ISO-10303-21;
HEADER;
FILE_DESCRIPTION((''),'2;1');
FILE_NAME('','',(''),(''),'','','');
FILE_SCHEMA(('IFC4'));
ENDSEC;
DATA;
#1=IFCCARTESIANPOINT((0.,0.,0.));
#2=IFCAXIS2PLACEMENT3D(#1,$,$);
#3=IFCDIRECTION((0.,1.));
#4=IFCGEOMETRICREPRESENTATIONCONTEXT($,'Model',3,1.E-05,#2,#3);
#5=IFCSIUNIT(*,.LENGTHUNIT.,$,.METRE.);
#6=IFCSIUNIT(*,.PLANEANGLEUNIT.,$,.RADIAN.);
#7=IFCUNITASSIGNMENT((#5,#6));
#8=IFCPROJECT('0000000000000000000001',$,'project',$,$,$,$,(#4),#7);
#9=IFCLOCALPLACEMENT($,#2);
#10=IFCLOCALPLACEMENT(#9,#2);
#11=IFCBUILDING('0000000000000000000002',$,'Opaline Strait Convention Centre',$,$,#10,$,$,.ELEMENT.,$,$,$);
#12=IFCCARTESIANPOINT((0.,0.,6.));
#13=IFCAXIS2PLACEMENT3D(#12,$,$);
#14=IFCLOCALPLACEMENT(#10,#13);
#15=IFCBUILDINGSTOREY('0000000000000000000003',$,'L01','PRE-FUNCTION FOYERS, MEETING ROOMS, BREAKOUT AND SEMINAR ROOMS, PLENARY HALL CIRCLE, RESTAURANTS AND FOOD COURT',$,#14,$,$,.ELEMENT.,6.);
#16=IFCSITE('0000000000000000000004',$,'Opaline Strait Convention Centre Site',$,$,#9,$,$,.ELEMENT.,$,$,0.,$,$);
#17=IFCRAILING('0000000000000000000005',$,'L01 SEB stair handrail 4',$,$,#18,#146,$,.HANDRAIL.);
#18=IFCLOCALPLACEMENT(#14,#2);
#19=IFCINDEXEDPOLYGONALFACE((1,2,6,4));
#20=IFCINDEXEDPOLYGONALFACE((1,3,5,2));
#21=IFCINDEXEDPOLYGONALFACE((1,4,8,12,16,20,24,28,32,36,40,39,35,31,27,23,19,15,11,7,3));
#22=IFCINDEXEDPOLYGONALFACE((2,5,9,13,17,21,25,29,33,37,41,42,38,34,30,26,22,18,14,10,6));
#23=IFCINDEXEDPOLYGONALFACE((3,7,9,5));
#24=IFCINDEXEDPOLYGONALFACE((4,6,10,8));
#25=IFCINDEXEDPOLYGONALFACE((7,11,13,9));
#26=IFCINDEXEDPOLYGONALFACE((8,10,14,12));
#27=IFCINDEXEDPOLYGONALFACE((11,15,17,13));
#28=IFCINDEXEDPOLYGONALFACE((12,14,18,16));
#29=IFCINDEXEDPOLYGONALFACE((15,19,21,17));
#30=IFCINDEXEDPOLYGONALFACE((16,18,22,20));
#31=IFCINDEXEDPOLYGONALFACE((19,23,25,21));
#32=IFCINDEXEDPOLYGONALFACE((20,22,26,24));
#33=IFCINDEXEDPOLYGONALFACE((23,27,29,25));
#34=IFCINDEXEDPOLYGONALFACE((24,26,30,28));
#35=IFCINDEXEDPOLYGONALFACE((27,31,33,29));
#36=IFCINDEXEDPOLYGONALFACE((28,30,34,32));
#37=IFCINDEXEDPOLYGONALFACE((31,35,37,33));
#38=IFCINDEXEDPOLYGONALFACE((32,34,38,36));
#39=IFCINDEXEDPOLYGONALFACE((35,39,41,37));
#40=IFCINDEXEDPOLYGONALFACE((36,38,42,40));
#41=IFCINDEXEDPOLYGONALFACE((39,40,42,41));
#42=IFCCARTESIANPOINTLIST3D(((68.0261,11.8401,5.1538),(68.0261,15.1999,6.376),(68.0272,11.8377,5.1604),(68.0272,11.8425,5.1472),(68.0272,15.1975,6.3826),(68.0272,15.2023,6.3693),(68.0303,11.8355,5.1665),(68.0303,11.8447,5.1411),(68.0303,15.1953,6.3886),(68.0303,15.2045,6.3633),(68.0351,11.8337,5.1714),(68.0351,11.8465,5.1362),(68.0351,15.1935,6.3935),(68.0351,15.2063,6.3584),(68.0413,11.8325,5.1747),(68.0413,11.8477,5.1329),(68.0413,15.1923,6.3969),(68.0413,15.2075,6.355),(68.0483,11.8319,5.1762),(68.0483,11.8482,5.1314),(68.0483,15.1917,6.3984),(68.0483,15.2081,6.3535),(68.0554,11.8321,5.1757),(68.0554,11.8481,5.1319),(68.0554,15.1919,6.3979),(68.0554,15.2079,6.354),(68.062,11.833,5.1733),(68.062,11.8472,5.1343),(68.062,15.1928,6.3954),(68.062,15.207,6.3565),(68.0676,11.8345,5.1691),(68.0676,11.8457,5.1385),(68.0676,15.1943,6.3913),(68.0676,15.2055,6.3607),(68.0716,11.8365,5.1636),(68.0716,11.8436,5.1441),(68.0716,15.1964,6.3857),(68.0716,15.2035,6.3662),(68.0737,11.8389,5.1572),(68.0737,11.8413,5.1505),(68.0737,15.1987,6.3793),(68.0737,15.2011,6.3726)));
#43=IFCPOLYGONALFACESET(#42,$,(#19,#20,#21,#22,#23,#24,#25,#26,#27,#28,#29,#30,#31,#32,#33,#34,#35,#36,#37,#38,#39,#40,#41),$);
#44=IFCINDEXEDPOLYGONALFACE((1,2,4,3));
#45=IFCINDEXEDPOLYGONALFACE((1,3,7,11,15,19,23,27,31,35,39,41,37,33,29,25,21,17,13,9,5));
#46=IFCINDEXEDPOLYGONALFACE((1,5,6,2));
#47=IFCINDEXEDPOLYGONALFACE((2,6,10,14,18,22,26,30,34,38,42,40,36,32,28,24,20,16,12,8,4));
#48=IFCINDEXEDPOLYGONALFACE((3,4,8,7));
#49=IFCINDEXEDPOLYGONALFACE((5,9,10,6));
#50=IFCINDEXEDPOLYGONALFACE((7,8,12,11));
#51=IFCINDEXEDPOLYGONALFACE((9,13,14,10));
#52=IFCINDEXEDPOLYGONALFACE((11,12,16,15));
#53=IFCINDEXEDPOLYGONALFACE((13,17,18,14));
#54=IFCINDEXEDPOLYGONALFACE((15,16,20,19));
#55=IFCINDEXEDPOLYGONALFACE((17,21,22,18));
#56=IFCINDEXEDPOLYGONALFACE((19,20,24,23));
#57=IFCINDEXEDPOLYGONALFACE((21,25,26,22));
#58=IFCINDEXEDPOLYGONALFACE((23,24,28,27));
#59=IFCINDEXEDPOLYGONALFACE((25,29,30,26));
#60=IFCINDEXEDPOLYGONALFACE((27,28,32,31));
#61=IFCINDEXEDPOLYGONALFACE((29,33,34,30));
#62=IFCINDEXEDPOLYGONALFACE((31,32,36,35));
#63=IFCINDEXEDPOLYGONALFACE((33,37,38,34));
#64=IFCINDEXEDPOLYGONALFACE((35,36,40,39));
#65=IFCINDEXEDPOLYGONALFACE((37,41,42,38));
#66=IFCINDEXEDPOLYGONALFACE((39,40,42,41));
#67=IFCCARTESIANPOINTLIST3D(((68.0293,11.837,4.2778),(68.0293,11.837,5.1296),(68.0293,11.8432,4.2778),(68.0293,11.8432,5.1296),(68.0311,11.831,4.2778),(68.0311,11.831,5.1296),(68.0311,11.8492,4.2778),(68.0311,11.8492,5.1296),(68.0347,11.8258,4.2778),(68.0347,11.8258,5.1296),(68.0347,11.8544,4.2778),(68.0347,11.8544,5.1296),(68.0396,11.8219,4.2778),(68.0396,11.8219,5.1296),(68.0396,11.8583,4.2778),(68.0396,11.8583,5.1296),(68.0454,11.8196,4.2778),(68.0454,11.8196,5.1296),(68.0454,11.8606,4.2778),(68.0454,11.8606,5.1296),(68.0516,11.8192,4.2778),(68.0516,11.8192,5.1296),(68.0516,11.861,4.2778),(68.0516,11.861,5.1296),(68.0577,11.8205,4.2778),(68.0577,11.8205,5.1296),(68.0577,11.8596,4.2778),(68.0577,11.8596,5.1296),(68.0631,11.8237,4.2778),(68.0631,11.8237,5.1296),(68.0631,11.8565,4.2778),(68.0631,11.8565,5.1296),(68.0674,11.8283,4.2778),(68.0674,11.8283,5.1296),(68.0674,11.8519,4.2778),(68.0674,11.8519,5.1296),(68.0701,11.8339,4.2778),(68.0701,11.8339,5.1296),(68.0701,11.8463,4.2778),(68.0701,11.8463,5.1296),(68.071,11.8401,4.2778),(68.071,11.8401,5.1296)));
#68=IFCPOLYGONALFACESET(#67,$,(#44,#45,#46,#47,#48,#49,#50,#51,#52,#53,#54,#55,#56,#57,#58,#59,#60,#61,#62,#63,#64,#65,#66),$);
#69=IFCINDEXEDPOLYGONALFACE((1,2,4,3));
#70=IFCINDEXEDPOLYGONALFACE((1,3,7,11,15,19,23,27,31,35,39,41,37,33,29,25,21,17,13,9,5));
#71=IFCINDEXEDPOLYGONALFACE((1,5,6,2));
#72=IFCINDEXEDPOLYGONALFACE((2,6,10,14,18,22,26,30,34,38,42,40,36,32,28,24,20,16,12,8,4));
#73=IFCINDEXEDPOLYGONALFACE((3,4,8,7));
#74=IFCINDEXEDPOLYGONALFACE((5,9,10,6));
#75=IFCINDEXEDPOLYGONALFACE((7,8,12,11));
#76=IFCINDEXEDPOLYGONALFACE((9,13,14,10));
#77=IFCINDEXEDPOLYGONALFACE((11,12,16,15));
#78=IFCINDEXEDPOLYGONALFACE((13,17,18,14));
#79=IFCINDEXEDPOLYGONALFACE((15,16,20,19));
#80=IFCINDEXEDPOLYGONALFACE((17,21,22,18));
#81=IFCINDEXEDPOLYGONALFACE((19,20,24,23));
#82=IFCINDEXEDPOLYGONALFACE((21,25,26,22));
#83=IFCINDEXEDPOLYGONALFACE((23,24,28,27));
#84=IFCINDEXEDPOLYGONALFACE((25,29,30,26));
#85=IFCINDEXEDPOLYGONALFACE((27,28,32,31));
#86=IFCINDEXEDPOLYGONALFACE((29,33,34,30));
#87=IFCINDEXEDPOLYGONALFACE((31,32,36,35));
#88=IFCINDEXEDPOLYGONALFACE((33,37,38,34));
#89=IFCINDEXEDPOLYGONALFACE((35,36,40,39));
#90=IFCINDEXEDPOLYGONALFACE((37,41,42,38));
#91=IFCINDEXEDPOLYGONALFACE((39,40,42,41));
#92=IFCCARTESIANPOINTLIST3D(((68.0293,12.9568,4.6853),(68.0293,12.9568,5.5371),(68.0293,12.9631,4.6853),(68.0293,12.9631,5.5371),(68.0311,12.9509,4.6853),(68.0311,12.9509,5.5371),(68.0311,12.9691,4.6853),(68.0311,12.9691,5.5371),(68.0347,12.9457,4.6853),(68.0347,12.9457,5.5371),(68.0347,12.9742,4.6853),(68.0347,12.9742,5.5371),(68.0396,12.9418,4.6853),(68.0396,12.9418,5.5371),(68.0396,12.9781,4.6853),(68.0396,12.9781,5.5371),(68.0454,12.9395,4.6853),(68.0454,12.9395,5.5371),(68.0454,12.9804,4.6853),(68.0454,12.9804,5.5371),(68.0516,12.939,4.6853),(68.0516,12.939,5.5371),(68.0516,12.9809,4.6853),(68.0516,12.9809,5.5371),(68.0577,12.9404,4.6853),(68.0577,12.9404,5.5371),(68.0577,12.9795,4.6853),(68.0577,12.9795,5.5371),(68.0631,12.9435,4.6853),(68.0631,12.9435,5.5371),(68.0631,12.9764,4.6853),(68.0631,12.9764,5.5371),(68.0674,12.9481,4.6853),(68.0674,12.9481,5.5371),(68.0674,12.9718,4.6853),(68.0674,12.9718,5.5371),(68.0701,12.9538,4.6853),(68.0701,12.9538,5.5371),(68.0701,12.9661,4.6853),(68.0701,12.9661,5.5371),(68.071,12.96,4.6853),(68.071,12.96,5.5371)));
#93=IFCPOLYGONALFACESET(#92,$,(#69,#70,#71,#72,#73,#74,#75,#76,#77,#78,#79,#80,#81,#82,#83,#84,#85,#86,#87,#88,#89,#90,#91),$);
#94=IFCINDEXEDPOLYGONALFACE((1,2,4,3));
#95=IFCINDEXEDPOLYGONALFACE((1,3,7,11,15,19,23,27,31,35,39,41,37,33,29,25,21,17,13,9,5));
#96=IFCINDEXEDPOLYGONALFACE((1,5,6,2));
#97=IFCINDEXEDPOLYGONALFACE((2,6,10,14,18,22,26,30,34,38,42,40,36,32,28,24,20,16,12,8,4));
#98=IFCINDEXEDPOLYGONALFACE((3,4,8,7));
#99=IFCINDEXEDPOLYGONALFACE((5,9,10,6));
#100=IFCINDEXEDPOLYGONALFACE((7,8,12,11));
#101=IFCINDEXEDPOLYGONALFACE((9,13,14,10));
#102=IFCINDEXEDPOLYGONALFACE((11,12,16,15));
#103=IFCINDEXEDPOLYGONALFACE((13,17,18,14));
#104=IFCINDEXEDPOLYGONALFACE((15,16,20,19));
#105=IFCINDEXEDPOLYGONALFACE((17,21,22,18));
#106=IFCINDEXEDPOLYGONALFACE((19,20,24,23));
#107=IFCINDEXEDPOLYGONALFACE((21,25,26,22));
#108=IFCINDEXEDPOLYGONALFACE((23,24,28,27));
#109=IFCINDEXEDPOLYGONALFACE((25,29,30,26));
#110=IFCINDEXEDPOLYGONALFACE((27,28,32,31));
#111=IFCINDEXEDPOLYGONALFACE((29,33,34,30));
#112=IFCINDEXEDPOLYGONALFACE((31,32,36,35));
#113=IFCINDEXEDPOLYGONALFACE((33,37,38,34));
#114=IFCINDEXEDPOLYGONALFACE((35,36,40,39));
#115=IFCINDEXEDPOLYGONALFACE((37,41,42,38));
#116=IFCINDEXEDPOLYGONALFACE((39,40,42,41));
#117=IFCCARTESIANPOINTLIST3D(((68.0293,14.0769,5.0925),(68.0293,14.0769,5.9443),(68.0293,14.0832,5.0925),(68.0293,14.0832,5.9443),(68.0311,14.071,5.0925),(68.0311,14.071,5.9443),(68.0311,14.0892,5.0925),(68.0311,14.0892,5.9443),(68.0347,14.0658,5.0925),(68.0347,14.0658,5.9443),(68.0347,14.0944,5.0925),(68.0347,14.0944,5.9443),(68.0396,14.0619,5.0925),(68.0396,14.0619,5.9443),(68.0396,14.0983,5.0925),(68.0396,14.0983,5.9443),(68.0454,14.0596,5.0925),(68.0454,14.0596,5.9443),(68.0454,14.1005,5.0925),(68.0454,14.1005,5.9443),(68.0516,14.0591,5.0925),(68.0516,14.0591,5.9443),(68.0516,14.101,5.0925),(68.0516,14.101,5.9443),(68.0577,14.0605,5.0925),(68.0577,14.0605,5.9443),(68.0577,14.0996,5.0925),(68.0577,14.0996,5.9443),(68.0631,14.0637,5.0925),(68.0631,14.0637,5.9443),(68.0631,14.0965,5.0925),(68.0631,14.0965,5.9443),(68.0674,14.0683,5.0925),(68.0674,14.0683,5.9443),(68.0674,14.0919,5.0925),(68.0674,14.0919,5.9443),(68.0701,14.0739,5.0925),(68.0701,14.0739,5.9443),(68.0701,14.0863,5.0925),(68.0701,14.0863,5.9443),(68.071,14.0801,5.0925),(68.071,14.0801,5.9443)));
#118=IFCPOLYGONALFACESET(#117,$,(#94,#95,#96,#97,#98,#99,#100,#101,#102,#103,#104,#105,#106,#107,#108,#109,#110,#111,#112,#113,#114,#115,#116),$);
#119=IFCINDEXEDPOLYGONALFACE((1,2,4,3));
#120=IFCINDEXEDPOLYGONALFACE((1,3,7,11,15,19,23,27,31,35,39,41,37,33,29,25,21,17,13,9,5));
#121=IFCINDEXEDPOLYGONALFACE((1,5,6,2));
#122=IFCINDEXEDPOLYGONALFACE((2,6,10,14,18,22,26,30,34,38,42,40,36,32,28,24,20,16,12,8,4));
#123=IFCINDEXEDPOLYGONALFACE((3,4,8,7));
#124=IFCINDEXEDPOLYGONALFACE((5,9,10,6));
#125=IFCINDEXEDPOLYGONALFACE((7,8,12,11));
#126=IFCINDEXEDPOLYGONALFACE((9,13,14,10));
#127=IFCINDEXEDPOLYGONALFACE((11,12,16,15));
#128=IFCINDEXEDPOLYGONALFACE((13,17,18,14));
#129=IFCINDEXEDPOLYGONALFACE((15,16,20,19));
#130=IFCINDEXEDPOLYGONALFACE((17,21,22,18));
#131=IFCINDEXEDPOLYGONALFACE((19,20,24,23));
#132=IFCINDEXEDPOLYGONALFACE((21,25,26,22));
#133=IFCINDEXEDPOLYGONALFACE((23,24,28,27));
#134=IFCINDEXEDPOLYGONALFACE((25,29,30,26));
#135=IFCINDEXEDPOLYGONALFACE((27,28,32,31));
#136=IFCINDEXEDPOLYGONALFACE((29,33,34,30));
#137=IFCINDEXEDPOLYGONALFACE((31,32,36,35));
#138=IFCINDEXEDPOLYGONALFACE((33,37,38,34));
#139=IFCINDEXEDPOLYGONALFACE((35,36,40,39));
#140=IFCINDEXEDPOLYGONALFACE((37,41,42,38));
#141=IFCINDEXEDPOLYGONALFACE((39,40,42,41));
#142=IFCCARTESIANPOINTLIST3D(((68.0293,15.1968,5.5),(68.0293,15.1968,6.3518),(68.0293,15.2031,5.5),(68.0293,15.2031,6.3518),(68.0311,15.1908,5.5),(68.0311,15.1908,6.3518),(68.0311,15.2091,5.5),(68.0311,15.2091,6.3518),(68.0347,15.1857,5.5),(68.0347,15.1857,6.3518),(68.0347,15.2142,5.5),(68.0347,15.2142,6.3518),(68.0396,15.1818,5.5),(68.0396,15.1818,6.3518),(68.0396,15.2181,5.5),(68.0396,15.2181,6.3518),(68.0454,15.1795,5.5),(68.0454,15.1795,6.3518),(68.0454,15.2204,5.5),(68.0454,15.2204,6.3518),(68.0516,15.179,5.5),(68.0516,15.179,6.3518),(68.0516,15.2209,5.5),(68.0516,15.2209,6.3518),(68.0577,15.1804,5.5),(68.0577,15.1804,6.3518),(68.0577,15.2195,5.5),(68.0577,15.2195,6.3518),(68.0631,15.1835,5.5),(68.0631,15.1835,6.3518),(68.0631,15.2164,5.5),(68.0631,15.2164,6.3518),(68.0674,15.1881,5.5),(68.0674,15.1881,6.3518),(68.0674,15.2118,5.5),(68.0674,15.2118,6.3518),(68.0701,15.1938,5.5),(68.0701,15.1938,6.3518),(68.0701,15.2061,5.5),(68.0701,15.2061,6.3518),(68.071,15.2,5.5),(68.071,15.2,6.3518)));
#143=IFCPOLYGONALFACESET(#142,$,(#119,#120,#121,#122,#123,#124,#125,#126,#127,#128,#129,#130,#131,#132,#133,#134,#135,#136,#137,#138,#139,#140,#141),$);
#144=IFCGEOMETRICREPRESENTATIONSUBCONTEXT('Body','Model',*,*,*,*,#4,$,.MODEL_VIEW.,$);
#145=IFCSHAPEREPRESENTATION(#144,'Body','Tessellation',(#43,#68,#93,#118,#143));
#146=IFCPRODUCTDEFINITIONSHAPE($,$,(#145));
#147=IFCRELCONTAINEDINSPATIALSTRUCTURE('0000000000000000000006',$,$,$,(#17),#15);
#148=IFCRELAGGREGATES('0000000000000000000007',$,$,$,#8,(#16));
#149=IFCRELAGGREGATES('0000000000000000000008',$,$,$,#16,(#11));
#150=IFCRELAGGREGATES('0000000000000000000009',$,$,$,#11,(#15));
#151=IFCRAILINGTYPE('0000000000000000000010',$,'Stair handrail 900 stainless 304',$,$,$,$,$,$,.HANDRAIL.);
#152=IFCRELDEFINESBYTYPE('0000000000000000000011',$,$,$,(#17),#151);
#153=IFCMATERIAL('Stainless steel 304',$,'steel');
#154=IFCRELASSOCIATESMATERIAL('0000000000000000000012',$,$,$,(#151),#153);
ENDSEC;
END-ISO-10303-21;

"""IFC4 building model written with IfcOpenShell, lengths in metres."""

from ifc_helpers import new_model, si_unit, direction, frame, origin, origin_2d, place, context, subcontext, project, spatial, circle, extrude, material, type_object, element, save


model = new_model("IFC4")

# Units and contexts
model_context = context("Model", 3, precision=1e-05, world=origin(), true_north=direction((0.0, 1.0)))
body_context = subcontext(model_context, "Body", "Model", "MODEL_VIEW")
ifc_project = project(units=[si_unit("LENGTHUNIT", "METRE"), si_unit("PLANEANGLEUNIT", "RADIAN")], contexts=[model_context])

# Site, building, storey
site_placement = place(None, origin())
site = spatial("IfcSite", under=ifc_project, at=site_placement, Name="Opaline Strait Convention Centre Site", CompositionType="ELEMENT", RefElevation=0.0)
building_placement = place(site_placement, origin())
building = spatial("IfcBuilding", under=site, at=building_placement, Name="Opaline Strait Convention Centre", CompositionType="ELEMENT")
storey_placement = place(building_placement, frame((0.0, 0.0, 6.0)))
storey = spatial("IfcBuildingStorey", under=building, at=storey_placement, Name="L01", Description="PRE-FUNCTION FOYERS, MEETING ROOMS, BREAKOUT AND SEMINAR ROOMS, PLENARY HALL CIRCLE, RESTAURANTS AND FOOD COURT", CompositionType="ELEMENT", Elevation=6.0)

# Railing
ifc_material_1 = material(Name="Stainless steel 304", Category="steel")
railing_type_1 = type_object("IfcRailingType", Name="Stair handrail 900 stainless 304", PredefinedType="HANDRAIL", material=ifc_material_1)
railing_1_placement = place(storey_placement, frame((68.05, 11.8401, 4.2778)))
element("IfcRailing", 1, at=railing_1_placement, inside=storey, type_object=railing_type_1, Name="L01 SEB stair handrail 4", PredefinedType="HANDRAIL", context=body_context, shape_type="SweptSolid", body=[
    extrude(circle(Radius=0.0239, at=origin_2d()), frame((0.0, 0.0, 0.876), z_axis=(0.0, 0.939758, 0.341842), x_axis=(-1.0, 0.0, 0.0)), (0.0, 0.0, 1.0), 3.5752),
    extrude(circle(Radius=0.021, at=origin_2d()), origin(), (0.0, 0.0, 1.0), 0.8518),
    extrude(circle(Radius=0.021, at=origin_2d()), frame((0.0, 1.1199, 0.4075)), (0.0, 0.0, 1.0), 0.8518),
    extrude(circle(Radius=0.021, at=origin_2d()), frame((0.0, 2.24, 0.8147)), (0.0, 0.0, 1.0), 0.8518),
    extrude(circle(Radius=0.021, at=origin_2d()), frame((0.0, 3.3599, 1.2222)), (0.0, 0.0, 1.0), 0.8518),
])

save(model, "model.ifc")
